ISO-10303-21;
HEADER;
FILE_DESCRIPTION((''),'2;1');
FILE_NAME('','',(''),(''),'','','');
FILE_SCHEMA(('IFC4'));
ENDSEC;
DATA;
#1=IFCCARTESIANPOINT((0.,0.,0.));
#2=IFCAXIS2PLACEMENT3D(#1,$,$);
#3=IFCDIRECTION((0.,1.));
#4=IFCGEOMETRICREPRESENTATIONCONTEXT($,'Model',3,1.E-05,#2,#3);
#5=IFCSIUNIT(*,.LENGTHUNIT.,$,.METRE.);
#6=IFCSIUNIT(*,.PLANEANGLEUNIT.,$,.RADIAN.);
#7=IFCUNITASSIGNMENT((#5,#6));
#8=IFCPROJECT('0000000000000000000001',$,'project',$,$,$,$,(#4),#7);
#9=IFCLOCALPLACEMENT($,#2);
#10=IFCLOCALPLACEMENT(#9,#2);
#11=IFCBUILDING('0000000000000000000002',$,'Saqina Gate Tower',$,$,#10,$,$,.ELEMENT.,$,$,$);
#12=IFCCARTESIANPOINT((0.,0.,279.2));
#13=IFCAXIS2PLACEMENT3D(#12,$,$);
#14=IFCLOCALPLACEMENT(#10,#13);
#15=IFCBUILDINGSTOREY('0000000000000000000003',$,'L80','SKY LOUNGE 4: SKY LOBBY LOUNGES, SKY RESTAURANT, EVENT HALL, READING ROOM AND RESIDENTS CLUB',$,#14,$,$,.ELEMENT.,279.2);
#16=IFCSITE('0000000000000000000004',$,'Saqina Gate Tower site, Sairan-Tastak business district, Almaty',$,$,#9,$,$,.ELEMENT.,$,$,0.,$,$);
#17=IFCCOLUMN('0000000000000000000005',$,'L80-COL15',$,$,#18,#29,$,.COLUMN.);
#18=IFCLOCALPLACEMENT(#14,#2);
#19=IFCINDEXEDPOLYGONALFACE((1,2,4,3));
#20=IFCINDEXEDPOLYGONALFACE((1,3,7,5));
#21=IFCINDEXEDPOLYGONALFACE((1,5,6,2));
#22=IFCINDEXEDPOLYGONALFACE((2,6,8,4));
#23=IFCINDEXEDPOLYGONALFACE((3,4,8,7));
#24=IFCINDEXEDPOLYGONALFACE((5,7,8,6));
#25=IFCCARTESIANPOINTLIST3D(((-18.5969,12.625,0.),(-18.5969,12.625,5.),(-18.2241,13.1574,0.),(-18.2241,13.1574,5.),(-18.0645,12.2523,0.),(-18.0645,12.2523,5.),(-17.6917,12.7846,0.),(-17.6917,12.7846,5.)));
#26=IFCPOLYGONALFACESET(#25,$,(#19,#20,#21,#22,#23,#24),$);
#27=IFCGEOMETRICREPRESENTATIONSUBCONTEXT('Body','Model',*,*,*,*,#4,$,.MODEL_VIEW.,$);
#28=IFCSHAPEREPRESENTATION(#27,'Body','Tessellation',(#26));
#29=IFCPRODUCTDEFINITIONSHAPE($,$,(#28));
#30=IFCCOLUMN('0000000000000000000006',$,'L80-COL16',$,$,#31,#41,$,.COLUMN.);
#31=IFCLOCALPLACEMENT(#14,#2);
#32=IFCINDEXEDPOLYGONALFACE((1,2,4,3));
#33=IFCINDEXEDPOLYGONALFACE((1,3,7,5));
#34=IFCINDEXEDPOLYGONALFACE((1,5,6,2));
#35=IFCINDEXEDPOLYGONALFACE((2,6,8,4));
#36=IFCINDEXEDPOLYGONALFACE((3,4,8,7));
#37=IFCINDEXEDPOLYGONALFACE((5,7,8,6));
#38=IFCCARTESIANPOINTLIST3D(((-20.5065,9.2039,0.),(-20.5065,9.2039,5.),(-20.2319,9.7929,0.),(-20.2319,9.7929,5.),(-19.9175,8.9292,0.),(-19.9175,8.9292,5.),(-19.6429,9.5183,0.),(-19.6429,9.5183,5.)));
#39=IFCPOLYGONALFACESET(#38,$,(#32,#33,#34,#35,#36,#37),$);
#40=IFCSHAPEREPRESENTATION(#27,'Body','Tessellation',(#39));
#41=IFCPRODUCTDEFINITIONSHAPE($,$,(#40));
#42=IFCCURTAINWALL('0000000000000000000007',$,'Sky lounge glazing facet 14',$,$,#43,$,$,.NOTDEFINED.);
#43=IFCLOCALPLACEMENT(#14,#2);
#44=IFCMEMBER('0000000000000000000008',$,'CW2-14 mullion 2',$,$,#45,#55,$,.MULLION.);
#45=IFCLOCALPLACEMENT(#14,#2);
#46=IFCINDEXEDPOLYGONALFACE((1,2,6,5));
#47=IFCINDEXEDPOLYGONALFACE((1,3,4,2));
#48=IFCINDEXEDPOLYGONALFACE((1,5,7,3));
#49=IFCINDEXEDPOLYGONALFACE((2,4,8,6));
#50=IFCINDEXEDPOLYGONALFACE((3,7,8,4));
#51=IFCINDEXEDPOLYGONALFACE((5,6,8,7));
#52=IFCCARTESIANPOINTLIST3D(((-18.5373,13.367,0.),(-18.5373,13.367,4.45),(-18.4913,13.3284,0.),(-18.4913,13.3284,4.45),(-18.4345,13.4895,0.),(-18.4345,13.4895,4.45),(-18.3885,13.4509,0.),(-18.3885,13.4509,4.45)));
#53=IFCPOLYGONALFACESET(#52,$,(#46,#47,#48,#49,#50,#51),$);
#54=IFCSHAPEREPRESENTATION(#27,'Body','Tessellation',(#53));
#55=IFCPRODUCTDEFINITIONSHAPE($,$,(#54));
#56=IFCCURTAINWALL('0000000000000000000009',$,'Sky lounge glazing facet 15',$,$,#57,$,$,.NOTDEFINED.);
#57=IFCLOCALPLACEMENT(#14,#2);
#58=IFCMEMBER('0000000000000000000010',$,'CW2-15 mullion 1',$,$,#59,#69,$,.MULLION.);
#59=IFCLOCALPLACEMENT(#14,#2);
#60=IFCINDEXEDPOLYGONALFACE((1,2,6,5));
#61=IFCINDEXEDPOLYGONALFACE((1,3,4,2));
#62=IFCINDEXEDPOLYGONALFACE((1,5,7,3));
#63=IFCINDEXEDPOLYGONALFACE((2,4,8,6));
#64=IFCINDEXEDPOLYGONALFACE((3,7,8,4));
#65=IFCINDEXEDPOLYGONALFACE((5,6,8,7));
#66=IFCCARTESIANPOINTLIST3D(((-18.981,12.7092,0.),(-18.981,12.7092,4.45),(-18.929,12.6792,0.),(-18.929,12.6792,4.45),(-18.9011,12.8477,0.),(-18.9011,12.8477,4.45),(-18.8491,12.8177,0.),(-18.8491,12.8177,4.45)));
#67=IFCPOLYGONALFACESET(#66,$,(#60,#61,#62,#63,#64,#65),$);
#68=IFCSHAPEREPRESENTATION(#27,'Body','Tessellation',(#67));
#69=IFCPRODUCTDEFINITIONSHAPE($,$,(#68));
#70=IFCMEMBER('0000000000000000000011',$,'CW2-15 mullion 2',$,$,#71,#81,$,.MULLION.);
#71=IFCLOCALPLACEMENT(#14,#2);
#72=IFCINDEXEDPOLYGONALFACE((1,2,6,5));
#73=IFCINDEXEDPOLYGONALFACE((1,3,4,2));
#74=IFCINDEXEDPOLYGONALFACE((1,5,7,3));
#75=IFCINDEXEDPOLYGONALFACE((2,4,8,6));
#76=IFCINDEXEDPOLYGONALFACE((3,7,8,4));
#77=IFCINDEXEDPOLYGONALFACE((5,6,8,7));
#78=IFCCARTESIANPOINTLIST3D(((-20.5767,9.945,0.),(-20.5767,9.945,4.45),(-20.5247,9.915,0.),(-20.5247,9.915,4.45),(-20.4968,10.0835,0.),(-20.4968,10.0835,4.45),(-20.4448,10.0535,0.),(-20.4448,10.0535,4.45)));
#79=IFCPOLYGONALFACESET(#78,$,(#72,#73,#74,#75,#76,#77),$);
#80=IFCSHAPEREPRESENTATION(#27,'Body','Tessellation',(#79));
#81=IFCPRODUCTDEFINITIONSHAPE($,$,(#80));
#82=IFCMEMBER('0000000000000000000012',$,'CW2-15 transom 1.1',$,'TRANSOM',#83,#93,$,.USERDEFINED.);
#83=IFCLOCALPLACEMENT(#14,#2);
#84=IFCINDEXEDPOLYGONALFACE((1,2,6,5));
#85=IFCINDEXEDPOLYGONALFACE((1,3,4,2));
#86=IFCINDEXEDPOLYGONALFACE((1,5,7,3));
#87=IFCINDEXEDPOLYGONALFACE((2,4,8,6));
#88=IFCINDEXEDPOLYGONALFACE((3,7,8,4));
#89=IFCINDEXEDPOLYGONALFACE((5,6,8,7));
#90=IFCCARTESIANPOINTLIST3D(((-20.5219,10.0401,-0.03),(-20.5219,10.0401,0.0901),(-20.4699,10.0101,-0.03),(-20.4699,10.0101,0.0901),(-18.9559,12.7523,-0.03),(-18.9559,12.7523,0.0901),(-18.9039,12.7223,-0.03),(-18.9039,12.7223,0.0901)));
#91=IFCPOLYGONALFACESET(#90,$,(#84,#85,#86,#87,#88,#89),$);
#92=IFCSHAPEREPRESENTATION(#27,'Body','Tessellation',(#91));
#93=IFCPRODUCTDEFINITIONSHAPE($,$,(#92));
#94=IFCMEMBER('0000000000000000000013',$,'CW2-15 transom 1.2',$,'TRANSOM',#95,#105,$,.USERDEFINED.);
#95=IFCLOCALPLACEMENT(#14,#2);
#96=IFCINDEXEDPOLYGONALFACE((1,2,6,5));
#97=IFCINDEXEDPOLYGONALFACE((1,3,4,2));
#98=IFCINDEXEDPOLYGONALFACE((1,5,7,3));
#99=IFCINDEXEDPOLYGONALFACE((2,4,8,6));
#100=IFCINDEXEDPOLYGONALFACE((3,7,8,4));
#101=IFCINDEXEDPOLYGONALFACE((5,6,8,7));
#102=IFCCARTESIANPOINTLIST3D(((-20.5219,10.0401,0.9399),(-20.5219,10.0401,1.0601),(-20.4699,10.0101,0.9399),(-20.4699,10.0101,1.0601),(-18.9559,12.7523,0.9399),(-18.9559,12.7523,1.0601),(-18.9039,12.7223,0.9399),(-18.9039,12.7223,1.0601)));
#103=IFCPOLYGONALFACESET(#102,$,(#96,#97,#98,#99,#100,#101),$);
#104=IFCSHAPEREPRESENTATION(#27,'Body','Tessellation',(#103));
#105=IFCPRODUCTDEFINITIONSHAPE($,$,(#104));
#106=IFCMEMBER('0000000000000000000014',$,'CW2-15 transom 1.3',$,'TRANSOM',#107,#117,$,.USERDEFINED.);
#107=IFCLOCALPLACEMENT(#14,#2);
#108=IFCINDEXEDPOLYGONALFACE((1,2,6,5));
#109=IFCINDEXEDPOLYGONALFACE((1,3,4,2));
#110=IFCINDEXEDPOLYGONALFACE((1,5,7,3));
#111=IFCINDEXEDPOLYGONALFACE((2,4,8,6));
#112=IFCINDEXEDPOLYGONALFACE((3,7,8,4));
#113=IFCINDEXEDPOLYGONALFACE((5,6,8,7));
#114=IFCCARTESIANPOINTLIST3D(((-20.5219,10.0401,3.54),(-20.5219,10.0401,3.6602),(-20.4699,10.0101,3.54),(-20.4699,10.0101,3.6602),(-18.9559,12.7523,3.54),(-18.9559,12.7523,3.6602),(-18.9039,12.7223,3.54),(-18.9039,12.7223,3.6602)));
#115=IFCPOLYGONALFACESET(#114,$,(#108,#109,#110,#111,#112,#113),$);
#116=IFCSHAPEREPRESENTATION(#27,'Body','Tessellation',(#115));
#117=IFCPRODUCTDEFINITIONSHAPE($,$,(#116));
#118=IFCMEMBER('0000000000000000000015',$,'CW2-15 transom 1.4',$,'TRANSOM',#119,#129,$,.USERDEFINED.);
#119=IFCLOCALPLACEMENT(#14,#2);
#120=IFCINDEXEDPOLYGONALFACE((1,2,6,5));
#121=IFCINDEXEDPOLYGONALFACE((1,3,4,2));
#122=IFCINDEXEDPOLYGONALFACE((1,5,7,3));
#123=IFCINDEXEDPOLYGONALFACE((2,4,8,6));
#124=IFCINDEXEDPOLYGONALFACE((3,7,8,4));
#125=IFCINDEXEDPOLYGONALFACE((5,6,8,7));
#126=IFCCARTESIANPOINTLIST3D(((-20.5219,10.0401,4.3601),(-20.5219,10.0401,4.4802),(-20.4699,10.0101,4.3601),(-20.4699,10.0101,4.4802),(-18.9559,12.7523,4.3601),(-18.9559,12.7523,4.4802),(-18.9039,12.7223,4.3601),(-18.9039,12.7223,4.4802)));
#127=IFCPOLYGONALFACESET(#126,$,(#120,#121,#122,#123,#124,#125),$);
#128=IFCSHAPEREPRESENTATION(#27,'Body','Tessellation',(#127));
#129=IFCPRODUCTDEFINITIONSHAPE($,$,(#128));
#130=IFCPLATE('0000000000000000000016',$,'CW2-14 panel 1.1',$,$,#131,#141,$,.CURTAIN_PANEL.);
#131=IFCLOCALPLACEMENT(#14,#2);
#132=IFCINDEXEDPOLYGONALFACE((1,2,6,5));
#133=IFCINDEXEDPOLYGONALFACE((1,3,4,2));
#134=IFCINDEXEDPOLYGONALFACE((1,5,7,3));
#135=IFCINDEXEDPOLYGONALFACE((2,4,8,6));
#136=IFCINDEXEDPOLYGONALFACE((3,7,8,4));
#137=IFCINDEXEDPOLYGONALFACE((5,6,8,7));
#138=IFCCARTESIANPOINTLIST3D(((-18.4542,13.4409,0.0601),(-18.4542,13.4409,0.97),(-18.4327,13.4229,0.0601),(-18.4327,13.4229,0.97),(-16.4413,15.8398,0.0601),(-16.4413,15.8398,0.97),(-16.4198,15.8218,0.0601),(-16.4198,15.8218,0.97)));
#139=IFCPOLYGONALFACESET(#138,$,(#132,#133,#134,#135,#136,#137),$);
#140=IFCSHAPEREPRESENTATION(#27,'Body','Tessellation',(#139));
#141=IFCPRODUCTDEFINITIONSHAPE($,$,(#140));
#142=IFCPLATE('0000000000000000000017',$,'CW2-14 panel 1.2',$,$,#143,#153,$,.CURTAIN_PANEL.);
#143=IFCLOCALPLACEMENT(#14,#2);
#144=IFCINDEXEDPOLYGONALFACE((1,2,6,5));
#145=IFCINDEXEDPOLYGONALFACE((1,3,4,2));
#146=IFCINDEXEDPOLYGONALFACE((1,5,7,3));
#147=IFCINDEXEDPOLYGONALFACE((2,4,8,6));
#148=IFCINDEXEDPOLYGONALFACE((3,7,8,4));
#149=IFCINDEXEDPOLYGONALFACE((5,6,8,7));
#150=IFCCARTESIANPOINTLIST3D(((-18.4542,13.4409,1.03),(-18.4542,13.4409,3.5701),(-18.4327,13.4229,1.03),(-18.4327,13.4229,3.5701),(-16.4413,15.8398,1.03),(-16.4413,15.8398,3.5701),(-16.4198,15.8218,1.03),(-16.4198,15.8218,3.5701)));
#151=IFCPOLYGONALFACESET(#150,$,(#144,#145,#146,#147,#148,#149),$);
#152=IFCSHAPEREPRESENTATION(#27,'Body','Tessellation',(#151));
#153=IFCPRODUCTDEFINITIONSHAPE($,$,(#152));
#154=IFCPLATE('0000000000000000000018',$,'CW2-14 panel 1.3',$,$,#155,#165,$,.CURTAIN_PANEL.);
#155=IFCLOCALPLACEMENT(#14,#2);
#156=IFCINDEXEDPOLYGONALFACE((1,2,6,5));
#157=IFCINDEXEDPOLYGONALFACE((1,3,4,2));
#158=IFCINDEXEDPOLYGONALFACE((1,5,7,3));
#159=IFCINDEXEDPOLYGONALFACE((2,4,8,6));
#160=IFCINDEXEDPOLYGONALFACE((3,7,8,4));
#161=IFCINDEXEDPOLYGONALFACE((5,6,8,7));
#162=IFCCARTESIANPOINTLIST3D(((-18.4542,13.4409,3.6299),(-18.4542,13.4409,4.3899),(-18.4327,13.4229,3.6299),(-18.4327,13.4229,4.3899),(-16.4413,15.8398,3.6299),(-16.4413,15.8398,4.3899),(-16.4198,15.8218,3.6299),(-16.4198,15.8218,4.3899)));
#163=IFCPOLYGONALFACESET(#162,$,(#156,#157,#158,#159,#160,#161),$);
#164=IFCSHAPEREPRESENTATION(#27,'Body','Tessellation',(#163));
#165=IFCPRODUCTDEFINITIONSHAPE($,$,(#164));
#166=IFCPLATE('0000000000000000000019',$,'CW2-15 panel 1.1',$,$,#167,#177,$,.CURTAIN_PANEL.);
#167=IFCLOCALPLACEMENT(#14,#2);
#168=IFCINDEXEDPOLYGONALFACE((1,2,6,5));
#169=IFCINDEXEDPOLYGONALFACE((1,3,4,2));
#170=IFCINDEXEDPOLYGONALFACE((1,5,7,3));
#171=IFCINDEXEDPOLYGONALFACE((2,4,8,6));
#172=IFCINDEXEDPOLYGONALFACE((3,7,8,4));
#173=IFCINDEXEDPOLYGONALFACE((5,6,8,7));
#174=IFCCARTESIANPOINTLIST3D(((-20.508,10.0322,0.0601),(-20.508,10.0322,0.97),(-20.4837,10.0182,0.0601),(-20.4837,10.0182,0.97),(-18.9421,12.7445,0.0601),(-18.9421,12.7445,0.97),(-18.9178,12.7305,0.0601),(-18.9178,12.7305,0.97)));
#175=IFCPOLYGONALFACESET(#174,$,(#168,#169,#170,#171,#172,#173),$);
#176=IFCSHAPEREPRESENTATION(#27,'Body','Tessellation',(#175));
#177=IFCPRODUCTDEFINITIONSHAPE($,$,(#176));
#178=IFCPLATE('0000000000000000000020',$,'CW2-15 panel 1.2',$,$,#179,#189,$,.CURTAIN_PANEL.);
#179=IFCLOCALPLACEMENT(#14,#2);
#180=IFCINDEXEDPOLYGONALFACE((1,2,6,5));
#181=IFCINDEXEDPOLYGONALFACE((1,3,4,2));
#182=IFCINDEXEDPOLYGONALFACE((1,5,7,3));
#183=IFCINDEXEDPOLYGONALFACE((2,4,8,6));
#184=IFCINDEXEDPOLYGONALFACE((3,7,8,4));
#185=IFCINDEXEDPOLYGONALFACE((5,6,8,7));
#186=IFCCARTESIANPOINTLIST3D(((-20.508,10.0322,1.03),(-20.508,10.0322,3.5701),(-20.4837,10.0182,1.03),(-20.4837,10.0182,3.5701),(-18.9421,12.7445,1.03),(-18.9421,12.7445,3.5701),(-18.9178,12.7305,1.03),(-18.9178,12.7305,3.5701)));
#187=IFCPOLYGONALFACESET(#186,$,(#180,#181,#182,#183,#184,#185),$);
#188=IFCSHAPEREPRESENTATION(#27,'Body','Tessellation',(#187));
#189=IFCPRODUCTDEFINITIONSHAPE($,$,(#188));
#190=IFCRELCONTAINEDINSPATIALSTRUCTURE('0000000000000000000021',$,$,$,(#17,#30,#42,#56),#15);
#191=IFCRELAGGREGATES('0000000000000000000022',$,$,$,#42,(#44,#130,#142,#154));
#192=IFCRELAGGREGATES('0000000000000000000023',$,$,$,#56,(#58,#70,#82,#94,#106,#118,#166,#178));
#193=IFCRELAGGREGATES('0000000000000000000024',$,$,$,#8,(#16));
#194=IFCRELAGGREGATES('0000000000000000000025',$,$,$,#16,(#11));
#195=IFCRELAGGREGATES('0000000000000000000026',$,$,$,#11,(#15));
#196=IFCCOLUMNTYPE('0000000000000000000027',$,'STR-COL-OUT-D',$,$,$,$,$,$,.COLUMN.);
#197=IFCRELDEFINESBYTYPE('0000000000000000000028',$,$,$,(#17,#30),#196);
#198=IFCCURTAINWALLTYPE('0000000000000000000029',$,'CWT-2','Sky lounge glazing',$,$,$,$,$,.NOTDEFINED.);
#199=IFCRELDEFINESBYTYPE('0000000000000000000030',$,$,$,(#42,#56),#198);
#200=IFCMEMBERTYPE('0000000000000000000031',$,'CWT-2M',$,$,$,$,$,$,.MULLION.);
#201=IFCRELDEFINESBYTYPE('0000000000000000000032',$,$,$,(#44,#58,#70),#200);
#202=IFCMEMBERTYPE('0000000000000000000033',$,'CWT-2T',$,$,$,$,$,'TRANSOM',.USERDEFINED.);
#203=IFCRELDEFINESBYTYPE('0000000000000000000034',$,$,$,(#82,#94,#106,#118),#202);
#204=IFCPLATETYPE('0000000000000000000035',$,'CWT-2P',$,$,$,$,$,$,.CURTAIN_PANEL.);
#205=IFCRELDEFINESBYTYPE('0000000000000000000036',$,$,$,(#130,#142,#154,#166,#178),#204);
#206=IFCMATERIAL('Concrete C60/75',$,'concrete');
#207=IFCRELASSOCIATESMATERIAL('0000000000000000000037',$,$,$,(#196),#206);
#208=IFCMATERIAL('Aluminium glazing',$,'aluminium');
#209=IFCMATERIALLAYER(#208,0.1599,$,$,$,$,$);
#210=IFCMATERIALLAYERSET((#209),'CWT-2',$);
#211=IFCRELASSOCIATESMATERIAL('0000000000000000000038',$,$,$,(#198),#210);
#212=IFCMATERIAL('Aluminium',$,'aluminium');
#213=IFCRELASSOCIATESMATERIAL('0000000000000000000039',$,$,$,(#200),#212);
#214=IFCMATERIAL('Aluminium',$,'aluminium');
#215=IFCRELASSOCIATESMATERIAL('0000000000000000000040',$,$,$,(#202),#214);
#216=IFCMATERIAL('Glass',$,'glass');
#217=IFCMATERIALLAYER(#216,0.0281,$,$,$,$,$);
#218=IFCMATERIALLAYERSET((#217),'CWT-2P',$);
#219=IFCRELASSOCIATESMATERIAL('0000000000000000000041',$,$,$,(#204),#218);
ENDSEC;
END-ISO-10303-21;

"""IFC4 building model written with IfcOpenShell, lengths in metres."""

from ifc_helpers import new_model, si_unit, direction, frame, origin, origin_2d, place, context, subcontext, project, spatial, rectangle, extrude, material, layer, layer_set, material_profile, profile_set, type_object, element, aggregate, save


model = new_model("IFC4")

# Units and contexts
model_context = context("Model", 3, precision=1e-05, world=origin(), true_north=direction((0.0, 1.0)))
body_context = subcontext(model_context, "Body", "Model", "MODEL_VIEW")
ifc_project = project(units=[si_unit("LENGTHUNIT", "METRE"), si_unit("PLANEANGLEUNIT", "RADIAN")], contexts=[model_context])

# Site, building, storey
site_placement = place(None, origin())
site = spatial("IfcSite", under=ifc_project, at=site_placement, Name="Saqina Gate Tower site, Sairan-Tastak business district, Almaty", CompositionType="ELEMENT", RefElevation=0.0)
building_placement = place(site_placement, origin())
building = spatial("IfcBuilding", under=site, at=building_placement, Name="Saqina Gate Tower", CompositionType="ELEMENT")
storey_placement = place(building_placement, frame((0.0, 0.0, 279.2)))
storey = spatial("IfcBuildingStorey", under=building, at=storey_placement, Name="L80", Description="SKY LOUNGE 4: SKY LOBBY LOUNGES, SKY RESTAURANT, EVENT HALL, READING ROOM AND RESIDENTS CLUB", CompositionType="ELEMENT", Elevation=279.2)

# Columns
ifc_material_1 = material(Name="Concrete C60/75", Category="concrete")
ifc_material_profile_1 = material_profile(ifc_material_1, rectangle(XDim=0.6499, YDim=0.6499, at=origin_2d()), Name="RC 650x650")
ifc_profile_set_1 = profile_set([ifc_material_profile_1], Name="Concrete C60/75")
column_type = type_object("IfcColumnType", Name="STR-COL-OUT-D", PredefinedType="COLUMN", material=ifc_profile_set_1)
for number, where, z_axis, x_axis, name in (
    (1, (-18.1443, 12.7048, 0.0), (0.0, 0.0, 1.0), (-0.819152, 0.573576, 0.0), "L80-COL15"),
    (2, (-20.0747, 9.3611, 0.0), (0.0, 0.0, 1.0), (-0.906308, 0.422618, 0.0), "L80-COL16"),
):
    element("IfcColumn", number, at=place(storey_placement, frame(where, z_axis=z_axis, x_axis=x_axis)), inside=storey, type_object=column_type, Name=name, PredefinedType="COLUMN", context=body_context, shape_type="SweptSolid", body=[
        extrude(rectangle(XDim=0.6499, YDim=0.6499, at=origin_2d()), origin(), (0.0, 0.0, 1.0), 5.0),
    ])

# Curtain wall, member
ifc_material_2 = material(Name="Aluminium glazing", Category="aluminium")
ifc_layer_1 = layer(ifc_material_2, 0.1599)
ifc_layer_set_1 = layer_set([ifc_layer_1], Name="CWT-2")
curtain_wall_type = type_object("IfcCurtainWallType", Name="CWT-2", Description="Sky lounge glazing", PredefinedType="NOTDEFINED", material=ifc_layer_set_1)
curtain_wall_1_placement = place(storey_placement, origin())
curtain_wall_1 = element("IfcCurtainWall", 3, at=curtain_wall_1_placement, inside=storey, type_object=curtain_wall_type, Name="Sky lounge glazing facet 14", PredefinedType="NOTDEFINED")
ifc_material_3 = material(Name="Aluminium", Category="aluminium")
ifc_material_profile_2 = material_profile(ifc_material_3, rectangle(XDim=0.0601, YDim=0.1599, at=origin_2d()), Name="Aluminium 60x160")
ifc_profile_set_2 = profile_set([ifc_material_profile_2], Name="Aluminium")
member_type_1 = type_object("IfcMemberType", Name="CWT-2M", PredefinedType="MULLION", material=ifc_profile_set_2)
member_1_placement = place(storey_placement, frame((-18.4629, 13.4089, 0.0), z_axis=(0.0, 0.0, 1.0), x_axis=(0.766046, -0.642785, 0.0)))
member_1 = element("IfcMember", 4, at=member_1_placement, type_object=member_type_1, Name="CW2-14 mullion 2", PredefinedType="MULLION", context=body_context, shape_type="SweptSolid", body=[
    extrude(rectangle(XDim=0.0601, YDim=0.1599, at=origin_2d()), origin(), (0.0, 0.0, 1.0), 4.45),
])

# Curtain wall, members
curtain_wall_2_placement = place(storey_placement, origin())
curtain_wall_2 = element("IfcCurtainWall", 5, at=curtain_wall_2_placement, inside=storey, type_object=curtain_wall_type, Name="Sky lounge glazing facet 15", PredefinedType="NOTDEFINED")
member_2_placement = place(storey_placement, frame((-18.915, 12.7634, 0.0), z_axis=(0.0, 0.0, 1.0), x_axis=(0.866036, -0.499982, 0.0)))
member_2 = element("IfcMember", 6, at=member_2_placement, type_object=member_type_1, Name="CW2-15 mullion 1", PredefinedType="MULLION", context=body_context, shape_type="SweptSolid", body=[
    extrude(rectangle(XDim=0.0601, YDim=0.1599, at=origin_2d()), origin(), (0.0, 0.0, 1.0), 4.45),
])
member_3_placement = place(storey_placement, frame((-20.5107, 9.9993, 0.0), z_axis=(0.0, 0.0, 1.0), x_axis=(0.866036, -0.499982, 0.0)))
member_3 = element("IfcMember", 7, at=member_3_placement, type_object=member_type_1, Name="CW2-15 mullion 2", PredefinedType="MULLION", context=body_context, shape_type="SweptSolid", body=[
    extrude(rectangle(XDim=0.0601, YDim=0.1599, at=origin_2d()), origin(), (0.0, 0.0, 1.0), 4.45),
])
ifc_material_4 = material(Name="Aluminium", Category="aluminium")
ifc_material_profile_3 = material_profile(ifc_material_4, rectangle(XDim=0.0601, YDim=0.1201, at=origin_2d()), Name="Aluminium 60x120")
ifc_profile_set_3 = profile_set([ifc_material_profile_3], Name="Aluminium")
member_type_2 = type_object("IfcMemberType", Name="CWT-2T", ElementType="TRANSOM", PredefinedType="USERDEFINED", material=ifc_profile_set_3)
member_4_placement = place(storey_placement, frame((-18.9299, 12.7373, 0.03), z_axis=(-0.500013, -0.866018, 0.0), x_axis=(0.866018, -0.500013, 0.0)))
member_4 = element("IfcMember", 8, at=member_4_placement, type_object=member_type_2, Name="CW2-15 transom 1.1", ObjectType="TRANSOM", PredefinedType="USERDEFINED", context=body_context, shape_type="SweptSolid", body=[
    extrude(rectangle(XDim=0.0601, YDim=0.1201, at=origin_2d()), origin(), (0.0, 0.0, 1.0), 3.1318),
])
member_5_placement = place(storey_placement, frame((-18.9299, 12.7373, 1.0), z_axis=(-0.500013, -0.866018, 0.0), x_axis=(0.866018, -0.500013, 0.0)))
member_5 = element("IfcMember", 9, at=member_5_placement, type_object=member_type_2, Name="CW2-15 transom 1.2", ObjectType="TRANSOM", PredefinedType="USERDEFINED", context=body_context, shape_type="SweptSolid", body=[
    extrude(rectangle(XDim=0.0601, YDim=0.1201, at=origin_2d()), origin(), (0.0, 0.0, 1.0), 3.1318),
])
member_6_placement = place(storey_placement, frame((-18.9299, 12.7373, 3.6001), z_axis=(-0.500013, -0.866018, 0.0), x_axis=(0.866018, -0.500013, 0.0)))
member_6 = element("IfcMember", 10, at=member_6_placement, type_object=member_type_2, Name="CW2-15 transom 1.3", ObjectType="TRANSOM", PredefinedType="USERDEFINED", context=body_context, shape_type="SweptSolid", body=[
    extrude(rectangle(XDim=0.0601, YDim=0.1201, at=origin_2d()), origin(), (0.0, 0.0, 1.0), 3.1318),
])
member_7_placement = place(storey_placement, frame((-18.9299, 12.7373, 4.4202), z_axis=(-0.500013, -0.866018, 0.0), x_axis=(0.866018, -0.500013, 0.0)))
member_7 = element("IfcMember", 11, at=member_7_placement, type_object=member_type_2, Name="CW2-15 transom 1.4", ObjectType="TRANSOM", PredefinedType="USERDEFINED", context=body_context, shape_type="SweptSolid", body=[
    extrude(rectangle(XDim=0.0601, YDim=0.1201, at=origin_2d()), origin(), (0.0, 0.0, 1.0), 3.1318),
])

# Plates
ifc_material_5 = material(Name="Glass", Category="glass")
ifc_layer_2 = layer(ifc_material_5, 0.0281)
ifc_layer_set_2 = layer_set([ifc_layer_2], Name="CWT-2P")
plate_type = type_object("IfcPlateType", Name="CWT-2P", PredefinedType="CURTAIN_PANEL", material=ifc_layer_set_2)
plate_1_placement = place(storey_placement, frame((-17.437, 14.6313, 0.0601), z_axis=(0.0, 0.0, 1.0), x_axis=(-0.642785, -0.766046, 0.0)))
plate_1 = element("IfcPlate", 12, at=plate_1_placement, type_object=plate_type, Name="CW2-14 panel 1.1", PredefinedType="CURTAIN_PANEL", context=body_context, shape_type="SweptSolid", body=[
    extrude(rectangle(XDim=3.1316, YDim=0.0281, at=origin_2d()), origin(), (0.0, 0.0, 1.0), 0.9099),
])
plate_2_placement = place(storey_placement, frame((-17.437, 14.6313, 1.03), z_axis=(0.0, 0.0, 1.0), x_axis=(-0.642785, -0.766046, 0.0)))
plate_2 = element("IfcPlate", 13, at=plate_2_placement, type_object=plate_type, Name="CW2-14 panel 1.2", PredefinedType="CURTAIN_PANEL", context=body_context, shape_type="SweptSolid", body=[
    extrude(rectangle(XDim=3.1316, YDim=0.0281, at=origin_2d()), origin(), (0.0, 0.0, 1.0), 2.54),
])
plate_3_placement = place(storey_placement, frame((-17.437, 14.6313, 3.6299), z_axis=(0.0, 0.0, 1.0), x_axis=(-0.642785, -0.766046, 0.0)))
plate_3 = element("IfcPlate", 14, at=plate_3_placement, type_object=plate_type, Name="CW2-14 panel 1.3", PredefinedType="CURTAIN_PANEL", context=body_context, shape_type="SweptSolid", body=[
    extrude(rectangle(XDim=3.1316, YDim=0.0281, at=origin_2d()), origin(), (0.0, 0.0, 1.0), 0.76),
])
aggregate(curtain_wall_1, [member_1, plate_1, plate_2, plate_3])
plate_4_placement = place(storey_placement, frame((-19.7129, 11.3813, 0.0601), z_axis=(0.0, 0.0, 1.0), x_axis=(-0.499982, -0.866036, 0.0)))
plate_4 = element("IfcPlate", 15, at=plate_4_placement, type_object=plate_type, Name="CW2-15 panel 1.1", PredefinedType="CURTAIN_PANEL", context=body_context, shape_type="SweptSolid", body=[
    extrude(rectangle(XDim=3.1318, YDim=0.0281, at=origin_2d()), origin(), (0.0, 0.0, 1.0), 0.9099),
])
plate_5_placement = place(storey_placement, frame((-19.7129, 11.3813, 1.03), z_axis=(0.0, 0.0, 1.0), x_axis=(-0.499982, -0.866036, 0.0)))
plate_5 = element("IfcPlate", 16, at=plate_5_placement, type_object=plate_type, Name="CW2-15 panel 1.2", PredefinedType="CURTAIN_PANEL", context=body_context, shape_type="SweptSolid", body=[
    extrude(rectangle(XDim=3.1318, YDim=0.0281, at=origin_2d()), origin(), (0.0, 0.0, 1.0), 2.54),
])
aggregate(curtain_wall_2, [member_2, member_3, member_4, member_5, member_6, member_7, plate_4, plate_5])

save(model, "model.ifc")
